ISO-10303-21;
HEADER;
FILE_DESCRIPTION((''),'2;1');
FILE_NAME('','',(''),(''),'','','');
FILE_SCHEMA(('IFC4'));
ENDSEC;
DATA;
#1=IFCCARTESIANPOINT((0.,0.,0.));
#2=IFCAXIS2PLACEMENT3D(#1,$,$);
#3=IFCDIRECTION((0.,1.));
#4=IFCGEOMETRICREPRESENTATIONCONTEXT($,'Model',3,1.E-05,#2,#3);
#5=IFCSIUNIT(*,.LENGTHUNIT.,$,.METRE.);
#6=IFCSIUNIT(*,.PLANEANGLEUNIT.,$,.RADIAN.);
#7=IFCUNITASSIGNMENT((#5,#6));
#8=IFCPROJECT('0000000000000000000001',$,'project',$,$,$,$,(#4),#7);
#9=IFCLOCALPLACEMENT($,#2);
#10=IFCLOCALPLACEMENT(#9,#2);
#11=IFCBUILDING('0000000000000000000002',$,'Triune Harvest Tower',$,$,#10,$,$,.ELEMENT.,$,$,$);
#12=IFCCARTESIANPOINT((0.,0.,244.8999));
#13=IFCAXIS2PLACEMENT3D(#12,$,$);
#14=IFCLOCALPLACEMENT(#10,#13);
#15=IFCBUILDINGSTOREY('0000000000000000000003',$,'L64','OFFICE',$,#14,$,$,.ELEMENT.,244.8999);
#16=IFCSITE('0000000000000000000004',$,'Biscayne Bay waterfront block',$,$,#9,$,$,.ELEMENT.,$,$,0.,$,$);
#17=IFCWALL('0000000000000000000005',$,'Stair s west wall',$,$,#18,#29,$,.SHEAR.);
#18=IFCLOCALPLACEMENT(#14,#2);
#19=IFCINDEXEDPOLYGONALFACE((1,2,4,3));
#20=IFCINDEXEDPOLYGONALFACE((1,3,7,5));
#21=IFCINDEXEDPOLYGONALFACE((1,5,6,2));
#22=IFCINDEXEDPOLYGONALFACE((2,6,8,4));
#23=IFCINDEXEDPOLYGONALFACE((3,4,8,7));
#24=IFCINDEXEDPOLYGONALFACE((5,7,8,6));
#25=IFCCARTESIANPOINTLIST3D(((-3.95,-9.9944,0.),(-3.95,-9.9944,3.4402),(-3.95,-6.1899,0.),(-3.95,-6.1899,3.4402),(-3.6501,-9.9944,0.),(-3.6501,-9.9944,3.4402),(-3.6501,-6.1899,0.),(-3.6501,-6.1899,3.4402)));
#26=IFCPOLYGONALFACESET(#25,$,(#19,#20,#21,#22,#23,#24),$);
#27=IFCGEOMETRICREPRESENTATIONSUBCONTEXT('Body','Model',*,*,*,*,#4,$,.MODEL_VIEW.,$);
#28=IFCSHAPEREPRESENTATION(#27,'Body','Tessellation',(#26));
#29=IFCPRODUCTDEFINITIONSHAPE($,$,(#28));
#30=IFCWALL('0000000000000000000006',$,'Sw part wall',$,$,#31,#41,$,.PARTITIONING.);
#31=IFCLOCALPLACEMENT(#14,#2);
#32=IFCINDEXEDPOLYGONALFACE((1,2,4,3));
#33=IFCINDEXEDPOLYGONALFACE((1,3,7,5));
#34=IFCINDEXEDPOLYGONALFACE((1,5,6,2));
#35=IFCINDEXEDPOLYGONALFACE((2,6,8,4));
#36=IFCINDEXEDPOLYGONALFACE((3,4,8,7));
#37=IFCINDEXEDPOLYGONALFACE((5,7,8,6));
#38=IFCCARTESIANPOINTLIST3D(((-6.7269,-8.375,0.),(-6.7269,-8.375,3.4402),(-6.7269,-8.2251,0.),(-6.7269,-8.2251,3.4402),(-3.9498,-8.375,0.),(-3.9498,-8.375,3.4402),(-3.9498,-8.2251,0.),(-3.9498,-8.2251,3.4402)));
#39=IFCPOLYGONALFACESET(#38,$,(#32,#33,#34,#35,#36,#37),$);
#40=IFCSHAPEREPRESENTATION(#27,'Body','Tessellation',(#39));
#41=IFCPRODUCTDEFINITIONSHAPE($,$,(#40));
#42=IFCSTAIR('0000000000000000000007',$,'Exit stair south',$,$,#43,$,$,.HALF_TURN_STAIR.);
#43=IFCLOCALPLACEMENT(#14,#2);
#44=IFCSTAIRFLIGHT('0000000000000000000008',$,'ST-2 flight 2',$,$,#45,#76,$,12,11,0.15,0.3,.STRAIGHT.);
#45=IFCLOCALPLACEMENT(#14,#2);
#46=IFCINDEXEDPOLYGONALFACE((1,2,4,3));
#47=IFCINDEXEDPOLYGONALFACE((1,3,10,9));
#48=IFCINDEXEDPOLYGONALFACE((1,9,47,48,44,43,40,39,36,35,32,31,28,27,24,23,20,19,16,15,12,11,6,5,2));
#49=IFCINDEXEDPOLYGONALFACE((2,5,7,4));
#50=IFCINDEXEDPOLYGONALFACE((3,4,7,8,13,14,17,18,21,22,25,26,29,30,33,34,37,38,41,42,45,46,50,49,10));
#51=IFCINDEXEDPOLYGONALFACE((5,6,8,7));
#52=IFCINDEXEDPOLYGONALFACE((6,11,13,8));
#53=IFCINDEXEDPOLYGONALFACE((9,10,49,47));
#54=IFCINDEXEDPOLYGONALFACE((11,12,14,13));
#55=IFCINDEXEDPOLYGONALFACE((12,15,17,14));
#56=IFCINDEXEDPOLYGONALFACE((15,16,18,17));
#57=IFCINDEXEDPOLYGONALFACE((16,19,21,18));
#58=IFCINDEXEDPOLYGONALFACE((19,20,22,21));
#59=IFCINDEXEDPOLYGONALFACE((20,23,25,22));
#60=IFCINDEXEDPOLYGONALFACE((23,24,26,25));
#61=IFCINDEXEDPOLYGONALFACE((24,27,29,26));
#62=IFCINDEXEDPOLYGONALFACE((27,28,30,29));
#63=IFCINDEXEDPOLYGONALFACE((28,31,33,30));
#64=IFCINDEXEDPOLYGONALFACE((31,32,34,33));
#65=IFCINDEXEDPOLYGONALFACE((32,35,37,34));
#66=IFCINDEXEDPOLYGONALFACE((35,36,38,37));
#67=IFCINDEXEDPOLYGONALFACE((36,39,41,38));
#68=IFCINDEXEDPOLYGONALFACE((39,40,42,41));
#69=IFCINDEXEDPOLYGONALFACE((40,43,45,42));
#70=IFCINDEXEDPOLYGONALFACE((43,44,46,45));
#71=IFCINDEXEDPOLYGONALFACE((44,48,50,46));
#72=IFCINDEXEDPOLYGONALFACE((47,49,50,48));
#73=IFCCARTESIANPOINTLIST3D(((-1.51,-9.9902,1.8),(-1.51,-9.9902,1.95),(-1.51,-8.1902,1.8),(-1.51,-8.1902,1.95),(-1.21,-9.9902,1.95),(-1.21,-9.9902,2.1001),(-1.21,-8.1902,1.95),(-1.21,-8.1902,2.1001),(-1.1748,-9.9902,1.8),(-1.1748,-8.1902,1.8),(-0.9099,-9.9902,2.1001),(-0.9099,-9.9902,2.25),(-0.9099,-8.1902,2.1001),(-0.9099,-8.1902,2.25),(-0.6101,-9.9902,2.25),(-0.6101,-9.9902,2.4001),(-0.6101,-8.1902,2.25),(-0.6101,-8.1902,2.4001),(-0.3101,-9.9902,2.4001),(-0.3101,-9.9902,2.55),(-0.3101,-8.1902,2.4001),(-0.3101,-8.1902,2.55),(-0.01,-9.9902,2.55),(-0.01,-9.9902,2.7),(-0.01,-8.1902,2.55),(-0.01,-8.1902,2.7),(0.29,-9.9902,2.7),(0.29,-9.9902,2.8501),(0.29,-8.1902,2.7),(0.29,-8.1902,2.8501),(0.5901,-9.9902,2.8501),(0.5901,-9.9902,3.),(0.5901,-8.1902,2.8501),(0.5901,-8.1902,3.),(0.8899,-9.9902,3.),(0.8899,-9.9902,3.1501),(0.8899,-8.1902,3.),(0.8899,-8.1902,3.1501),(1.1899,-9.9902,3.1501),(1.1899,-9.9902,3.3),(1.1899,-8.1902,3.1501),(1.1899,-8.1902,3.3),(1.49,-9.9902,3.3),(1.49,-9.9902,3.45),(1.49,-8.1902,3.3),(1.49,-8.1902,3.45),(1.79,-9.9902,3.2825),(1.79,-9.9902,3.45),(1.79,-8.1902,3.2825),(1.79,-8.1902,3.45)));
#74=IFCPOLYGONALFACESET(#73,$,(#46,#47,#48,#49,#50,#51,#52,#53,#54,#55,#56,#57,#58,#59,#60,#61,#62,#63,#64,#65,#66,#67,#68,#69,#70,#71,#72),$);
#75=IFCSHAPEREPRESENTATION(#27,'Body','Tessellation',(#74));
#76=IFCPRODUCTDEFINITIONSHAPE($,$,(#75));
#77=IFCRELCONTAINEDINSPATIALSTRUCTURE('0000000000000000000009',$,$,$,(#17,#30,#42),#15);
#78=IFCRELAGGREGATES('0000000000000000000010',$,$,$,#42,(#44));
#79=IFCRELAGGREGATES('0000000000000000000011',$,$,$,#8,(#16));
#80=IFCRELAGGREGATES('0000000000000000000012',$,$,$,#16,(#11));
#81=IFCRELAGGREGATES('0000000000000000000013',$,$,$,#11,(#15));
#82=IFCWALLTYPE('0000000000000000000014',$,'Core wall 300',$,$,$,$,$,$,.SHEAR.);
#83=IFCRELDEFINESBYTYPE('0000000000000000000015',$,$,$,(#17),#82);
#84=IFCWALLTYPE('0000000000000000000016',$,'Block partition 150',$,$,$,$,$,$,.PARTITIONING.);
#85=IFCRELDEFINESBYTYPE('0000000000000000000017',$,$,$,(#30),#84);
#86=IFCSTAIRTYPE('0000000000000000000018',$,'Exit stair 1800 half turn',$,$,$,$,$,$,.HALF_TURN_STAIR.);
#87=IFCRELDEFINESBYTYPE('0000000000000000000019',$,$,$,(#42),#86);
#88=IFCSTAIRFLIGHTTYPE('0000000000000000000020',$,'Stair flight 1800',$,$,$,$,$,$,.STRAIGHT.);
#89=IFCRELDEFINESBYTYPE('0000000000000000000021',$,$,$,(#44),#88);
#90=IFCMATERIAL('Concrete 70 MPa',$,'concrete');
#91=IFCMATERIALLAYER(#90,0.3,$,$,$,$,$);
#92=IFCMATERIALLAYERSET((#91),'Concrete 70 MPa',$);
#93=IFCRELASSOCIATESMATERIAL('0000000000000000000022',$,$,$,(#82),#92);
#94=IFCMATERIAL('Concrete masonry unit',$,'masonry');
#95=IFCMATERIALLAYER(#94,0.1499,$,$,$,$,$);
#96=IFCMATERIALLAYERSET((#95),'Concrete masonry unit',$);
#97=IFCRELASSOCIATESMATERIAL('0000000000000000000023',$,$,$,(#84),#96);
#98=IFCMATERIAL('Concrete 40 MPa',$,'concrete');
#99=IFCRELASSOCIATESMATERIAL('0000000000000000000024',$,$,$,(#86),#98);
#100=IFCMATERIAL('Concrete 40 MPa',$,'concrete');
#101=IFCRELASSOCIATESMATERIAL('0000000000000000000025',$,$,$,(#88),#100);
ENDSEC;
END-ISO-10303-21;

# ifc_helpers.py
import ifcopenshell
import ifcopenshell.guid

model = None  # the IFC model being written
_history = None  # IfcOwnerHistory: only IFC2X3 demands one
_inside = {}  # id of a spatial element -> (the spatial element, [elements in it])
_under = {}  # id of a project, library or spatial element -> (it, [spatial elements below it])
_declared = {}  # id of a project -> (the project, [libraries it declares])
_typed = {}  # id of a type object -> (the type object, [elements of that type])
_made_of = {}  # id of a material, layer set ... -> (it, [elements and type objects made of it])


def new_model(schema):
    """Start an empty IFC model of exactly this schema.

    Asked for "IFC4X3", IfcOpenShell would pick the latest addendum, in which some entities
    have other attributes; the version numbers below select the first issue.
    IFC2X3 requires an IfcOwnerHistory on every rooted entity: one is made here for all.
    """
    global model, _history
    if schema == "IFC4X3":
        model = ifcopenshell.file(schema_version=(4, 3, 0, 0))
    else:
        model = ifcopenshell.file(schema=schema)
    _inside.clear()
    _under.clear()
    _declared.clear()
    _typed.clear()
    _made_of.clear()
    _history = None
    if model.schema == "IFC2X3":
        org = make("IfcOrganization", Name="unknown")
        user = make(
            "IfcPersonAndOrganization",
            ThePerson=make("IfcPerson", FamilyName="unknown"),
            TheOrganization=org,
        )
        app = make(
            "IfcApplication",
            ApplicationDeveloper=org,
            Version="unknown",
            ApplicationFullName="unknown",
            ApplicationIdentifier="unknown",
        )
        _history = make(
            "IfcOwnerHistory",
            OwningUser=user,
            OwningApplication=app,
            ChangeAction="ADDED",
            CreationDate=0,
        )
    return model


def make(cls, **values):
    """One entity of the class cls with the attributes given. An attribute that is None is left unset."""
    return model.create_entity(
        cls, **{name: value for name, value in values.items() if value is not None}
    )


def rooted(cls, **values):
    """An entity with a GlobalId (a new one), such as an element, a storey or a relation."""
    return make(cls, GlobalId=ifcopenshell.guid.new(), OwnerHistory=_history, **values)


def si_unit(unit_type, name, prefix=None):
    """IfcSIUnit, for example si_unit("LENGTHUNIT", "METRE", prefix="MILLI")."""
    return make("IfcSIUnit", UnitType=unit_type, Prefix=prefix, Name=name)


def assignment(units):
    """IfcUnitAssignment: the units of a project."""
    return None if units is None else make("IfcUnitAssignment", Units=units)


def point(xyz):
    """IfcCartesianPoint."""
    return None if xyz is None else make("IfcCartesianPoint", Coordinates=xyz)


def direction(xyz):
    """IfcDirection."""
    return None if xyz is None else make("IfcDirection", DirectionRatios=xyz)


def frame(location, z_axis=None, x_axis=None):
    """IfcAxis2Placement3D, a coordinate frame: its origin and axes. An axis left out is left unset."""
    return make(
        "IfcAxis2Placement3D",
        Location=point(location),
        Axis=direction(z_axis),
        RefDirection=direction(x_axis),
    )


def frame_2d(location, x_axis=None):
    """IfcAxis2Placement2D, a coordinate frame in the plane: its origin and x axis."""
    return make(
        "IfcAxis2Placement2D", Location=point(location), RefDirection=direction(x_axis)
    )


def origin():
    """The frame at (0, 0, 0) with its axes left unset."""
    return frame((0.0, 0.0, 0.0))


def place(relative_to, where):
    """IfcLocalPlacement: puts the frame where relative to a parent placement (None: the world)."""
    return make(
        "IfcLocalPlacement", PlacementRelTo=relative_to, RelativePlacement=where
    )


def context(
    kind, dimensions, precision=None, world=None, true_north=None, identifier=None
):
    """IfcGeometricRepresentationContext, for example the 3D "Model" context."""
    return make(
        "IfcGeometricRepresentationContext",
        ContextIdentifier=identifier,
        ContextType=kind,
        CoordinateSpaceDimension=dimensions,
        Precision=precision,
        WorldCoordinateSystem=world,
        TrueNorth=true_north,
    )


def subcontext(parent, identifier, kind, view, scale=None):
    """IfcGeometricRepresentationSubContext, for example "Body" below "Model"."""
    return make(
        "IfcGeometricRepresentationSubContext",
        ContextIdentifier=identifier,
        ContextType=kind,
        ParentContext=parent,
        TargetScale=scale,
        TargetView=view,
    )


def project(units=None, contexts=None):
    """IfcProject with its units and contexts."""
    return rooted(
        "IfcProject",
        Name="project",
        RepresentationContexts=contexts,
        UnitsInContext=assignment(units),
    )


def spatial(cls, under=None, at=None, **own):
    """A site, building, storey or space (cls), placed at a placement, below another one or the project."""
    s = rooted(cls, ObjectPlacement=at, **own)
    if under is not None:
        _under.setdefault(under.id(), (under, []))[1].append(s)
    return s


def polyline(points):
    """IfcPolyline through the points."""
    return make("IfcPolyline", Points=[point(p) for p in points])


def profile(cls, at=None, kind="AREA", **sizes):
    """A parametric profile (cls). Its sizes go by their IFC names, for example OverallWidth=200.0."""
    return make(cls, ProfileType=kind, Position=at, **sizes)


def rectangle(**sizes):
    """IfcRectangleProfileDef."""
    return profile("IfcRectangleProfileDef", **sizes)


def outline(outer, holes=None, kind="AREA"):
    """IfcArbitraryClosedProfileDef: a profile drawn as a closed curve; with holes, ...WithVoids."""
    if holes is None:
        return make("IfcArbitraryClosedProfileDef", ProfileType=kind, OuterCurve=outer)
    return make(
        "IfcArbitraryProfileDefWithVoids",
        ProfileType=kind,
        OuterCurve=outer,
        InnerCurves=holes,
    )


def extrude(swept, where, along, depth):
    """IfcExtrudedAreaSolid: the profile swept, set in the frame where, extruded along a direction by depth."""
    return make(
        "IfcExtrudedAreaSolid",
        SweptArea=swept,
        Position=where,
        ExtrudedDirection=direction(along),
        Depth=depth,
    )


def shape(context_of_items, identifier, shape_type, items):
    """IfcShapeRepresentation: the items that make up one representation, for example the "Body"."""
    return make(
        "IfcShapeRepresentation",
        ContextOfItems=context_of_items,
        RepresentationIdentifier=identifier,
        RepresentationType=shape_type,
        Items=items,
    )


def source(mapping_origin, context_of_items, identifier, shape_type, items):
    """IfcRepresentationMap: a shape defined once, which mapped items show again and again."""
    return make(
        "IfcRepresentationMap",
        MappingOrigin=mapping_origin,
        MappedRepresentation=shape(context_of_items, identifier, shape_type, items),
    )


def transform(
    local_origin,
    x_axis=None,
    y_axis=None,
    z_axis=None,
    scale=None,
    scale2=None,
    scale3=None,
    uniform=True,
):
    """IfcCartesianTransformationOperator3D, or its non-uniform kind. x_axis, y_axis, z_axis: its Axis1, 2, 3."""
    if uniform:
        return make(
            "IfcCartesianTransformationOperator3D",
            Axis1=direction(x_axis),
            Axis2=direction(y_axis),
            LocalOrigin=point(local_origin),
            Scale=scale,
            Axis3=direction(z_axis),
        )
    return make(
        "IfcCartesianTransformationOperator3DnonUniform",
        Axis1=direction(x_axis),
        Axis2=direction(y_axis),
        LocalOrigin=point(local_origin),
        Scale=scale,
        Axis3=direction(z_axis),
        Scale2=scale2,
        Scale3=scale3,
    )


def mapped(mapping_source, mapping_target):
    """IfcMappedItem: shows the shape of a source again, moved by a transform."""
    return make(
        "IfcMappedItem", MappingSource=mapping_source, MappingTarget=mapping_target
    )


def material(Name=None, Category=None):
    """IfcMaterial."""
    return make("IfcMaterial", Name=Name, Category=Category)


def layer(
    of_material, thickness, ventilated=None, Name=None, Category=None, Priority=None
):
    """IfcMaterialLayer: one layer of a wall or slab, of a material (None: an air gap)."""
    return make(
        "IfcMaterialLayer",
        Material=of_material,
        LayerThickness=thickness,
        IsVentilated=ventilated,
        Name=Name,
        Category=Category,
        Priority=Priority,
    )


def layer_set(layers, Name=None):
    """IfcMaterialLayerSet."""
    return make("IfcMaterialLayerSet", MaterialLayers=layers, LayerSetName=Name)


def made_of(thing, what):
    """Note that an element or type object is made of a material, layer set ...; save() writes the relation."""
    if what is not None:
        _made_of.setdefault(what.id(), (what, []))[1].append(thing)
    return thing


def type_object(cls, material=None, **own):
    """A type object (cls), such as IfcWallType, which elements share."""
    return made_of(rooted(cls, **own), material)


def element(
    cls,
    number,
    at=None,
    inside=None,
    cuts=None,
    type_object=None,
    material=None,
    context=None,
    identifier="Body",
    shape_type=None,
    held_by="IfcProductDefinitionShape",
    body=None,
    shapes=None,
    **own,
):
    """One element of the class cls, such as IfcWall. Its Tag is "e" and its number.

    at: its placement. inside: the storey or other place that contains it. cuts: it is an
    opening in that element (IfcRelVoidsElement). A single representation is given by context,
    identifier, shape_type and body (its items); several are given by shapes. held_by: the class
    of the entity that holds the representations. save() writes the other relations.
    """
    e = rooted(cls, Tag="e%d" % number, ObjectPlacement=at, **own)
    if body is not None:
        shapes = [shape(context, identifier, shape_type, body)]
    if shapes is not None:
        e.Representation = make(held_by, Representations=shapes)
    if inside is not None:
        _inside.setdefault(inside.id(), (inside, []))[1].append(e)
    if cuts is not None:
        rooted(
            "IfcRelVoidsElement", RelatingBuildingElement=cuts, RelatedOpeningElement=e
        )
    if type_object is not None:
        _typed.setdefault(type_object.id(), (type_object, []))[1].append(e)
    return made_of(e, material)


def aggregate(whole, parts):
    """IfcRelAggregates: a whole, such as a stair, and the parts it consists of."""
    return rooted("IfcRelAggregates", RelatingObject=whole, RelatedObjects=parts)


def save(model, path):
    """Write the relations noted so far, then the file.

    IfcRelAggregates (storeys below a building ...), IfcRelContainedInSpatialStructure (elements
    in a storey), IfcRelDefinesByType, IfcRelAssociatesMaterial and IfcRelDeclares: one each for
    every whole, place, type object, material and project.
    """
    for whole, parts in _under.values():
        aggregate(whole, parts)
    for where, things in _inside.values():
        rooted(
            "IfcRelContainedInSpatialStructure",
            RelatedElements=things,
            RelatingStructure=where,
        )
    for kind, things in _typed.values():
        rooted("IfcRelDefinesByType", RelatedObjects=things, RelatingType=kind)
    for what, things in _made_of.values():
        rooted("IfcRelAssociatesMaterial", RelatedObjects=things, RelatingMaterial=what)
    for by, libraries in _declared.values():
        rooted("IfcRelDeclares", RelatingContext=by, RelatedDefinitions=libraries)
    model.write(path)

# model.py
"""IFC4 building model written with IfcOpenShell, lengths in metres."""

from ifc_helpers import new_model, si_unit, direction, frame, frame_2d, origin, place, context, subcontext, project, spatial, polyline, rectangle, outline, extrude, source, transform, mapped, material, layer, layer_set, type_object, element, aggregate, save


model = new_model("IFC4")

# Units and contexts
model_context = context("Model", 3, precision=1e-05, world=origin(), true_north=direction((0.0, 1.0)))
body_context = subcontext(model_context, "Body", "Model", "MODEL_VIEW")
ifc_project = project(units=[si_unit("LENGTHUNIT", "METRE"), si_unit("PLANEANGLEUNIT", "RADIAN")], contexts=[model_context])

# Site, building, storey
site_placement = place(None, origin())
site = spatial("IfcSite", under=ifc_project, at=site_placement, Name="Biscayne Bay waterfront block", CompositionType="ELEMENT", RefElevation=0.0)
building_placement = place(site_placement, origin())
building = spatial("IfcBuilding", under=site, at=building_placement, Name="Triune Harvest Tower", CompositionType="ELEMENT")
storey_placement = place(building_placement, frame((0.0, 0.0, 244.8999)))
storey = spatial("IfcBuildingStorey", under=building, at=storey_placement, Name="L64", Description="OFFICE", CompositionType="ELEMENT", Elevation=244.8999)

# Shared definitions
ifc_material_1 = material(Name="Concrete 70 MPa", Category="concrete")
ifc_layer_1 = layer(ifc_material_1, 0.3)
ifc_layer_set_1 = layer_set([ifc_layer_1], Name="Concrete 70 MPa")
wall_type_1 = type_object("IfcWallType", Name="Core wall 300", PredefinedType="SHEAR", material=ifc_layer_set_1)

# Walls
shared_shape_1 = source(origin(), body_context, "Body", "SweptSolid", [
    extrude(outline(polyline([(3.8, -0.1499), (-0.0044, -0.1499), (-0.0044, 0.1499), (3.8, 0.1499), (3.8, -0.1499)])), origin(), (0.0, 0.0, 1.0), 3.4402),
])
wall_1_placement = place(storey_placement, frame((-3.8, -9.99, 0.0), z_axis=(0.0, 0.0, 1.0), x_axis=(0.0, 1.0, 0.0)))
element("IfcWall", 1, at=wall_1_placement, inside=storey, type_object=wall_type_1, Name="Stair s west wall", PredefinedType="SHEAR", context=body_context, shape_type="MappedRepresentation", body=[
    mapped(shared_shape_1, transform((0.0, 0.0, 0.0), scale=1.0)),
])
ifc_material_2 = material(Name="Concrete masonry unit", Category="masonry")
ifc_layer_2 = layer(ifc_material_2, 0.1499)
ifc_layer_set_2 = layer_set([ifc_layer_2], Name="Concrete masonry unit")
wall_type_2 = type_object("IfcWallType", Name="Block partition 150", PredefinedType="PARTITIONING", material=ifc_layer_set_2)
shared_shape_2 = source(origin(), body_context, "Body", "SweptSolid", [
    extrude(rectangle(XDim=2.7771, YDim=0.1499, at=frame_2d((1.3887, 0.0))), origin(), (0.0, 0.0, 1.0), 3.4402),
])
wall_2_placement = place(storey_placement, frame((-6.7271, -8.3, 0.0), z_axis=(0.0, 0.0, 1.0), x_axis=(1.0, 0.0, 0.0)))
element("IfcWall", 2, at=wall_2_placement, inside=storey, type_object=wall_type_2, Name="Sw part wall", PredefinedType="PARTITIONING", context=body_context, shape_type="MappedRepresentation", body=[
    mapped(shared_shape_2, transform((0.0, 0.0, 0.0), scale=1.0)),
])

# Stair, stair flight
ifc_material_3 = material(Name="Concrete 40 MPa", Category="concrete")
stair_type = type_object("IfcStairType", Name="Exit stair 1800 half turn", PredefinedType="HALF_TURN_STAIR", material=ifc_material_3)
stair_placement = place(storey_placement, origin())
stair = element("IfcStair", 3, at=stair_placement, inside=storey, type_object=stair_type, Name="Exit stair south", PredefinedType="HALF_TURN_STAIR")
ifc_material_4 = material(Name="Concrete 40 MPa", Category="concrete")
stair_flight_type = type_object("IfcStairFlightType", Name="Stair flight 1800", PredefinedType="STRAIGHT", material=ifc_material_4)
shared_shape_3 = source(origin(), body_context, "Body", "SweptSolid", [
    extrude(outline(polyline([(0.0, 0.0), (0.0, 0.1499), (0.3, 0.1499), (0.3, 0.3), (0.6001, 0.3), (0.6001, 0.45), (0.8999, 0.45), (0.8999, 0.6001), (1.2, 0.6001), (1.2, 0.75), (1.5, 0.75), (1.5, 0.8999), (1.8, 0.8999), (1.8, 1.05), (2.1001, 1.05), (2.1001, 1.2), (2.3999, 1.2), (2.3999, 1.3501), (2.7, 1.3501), (2.7, 1.5), (3.0, 1.5), (3.0, 1.6499), (3.3, 1.6499), (3.3, 1.8), (3.3, 1.4824), (0.3352, 0.0), (0.0, 0.0)])), frame((0.0, 0.8999, 0.0), z_axis=(0.0, -1.0, 0.0), x_axis=(1.0, 0.0, 0.0)), (0.0, 0.0, 1.0), 1.8),
])
stair_flight_placement = place(storey_placement, frame((-1.51, -9.0901, 1.8), z_axis=(0.0, 0.0, 1.0), x_axis=(1.0, 0.0, 0.0)))
stair_flight = element("IfcStairFlight", 4, at=stair_flight_placement, type_object=stair_flight_type, Name="ST-2 flight 2", NumberOfRisers=12, NumberOfTreads=11, PredefinedType="STRAIGHT", RiserHeight=0.15, TreadLength=0.3, context=body_context, shape_type="MappedRepresentation", body=[
    mapped(shared_shape_3, transform((0.0, 0.0, 0.0), scale=1.0)),
])
aggregate(stair, [stair_flight])

save(model, "model.ifc")
